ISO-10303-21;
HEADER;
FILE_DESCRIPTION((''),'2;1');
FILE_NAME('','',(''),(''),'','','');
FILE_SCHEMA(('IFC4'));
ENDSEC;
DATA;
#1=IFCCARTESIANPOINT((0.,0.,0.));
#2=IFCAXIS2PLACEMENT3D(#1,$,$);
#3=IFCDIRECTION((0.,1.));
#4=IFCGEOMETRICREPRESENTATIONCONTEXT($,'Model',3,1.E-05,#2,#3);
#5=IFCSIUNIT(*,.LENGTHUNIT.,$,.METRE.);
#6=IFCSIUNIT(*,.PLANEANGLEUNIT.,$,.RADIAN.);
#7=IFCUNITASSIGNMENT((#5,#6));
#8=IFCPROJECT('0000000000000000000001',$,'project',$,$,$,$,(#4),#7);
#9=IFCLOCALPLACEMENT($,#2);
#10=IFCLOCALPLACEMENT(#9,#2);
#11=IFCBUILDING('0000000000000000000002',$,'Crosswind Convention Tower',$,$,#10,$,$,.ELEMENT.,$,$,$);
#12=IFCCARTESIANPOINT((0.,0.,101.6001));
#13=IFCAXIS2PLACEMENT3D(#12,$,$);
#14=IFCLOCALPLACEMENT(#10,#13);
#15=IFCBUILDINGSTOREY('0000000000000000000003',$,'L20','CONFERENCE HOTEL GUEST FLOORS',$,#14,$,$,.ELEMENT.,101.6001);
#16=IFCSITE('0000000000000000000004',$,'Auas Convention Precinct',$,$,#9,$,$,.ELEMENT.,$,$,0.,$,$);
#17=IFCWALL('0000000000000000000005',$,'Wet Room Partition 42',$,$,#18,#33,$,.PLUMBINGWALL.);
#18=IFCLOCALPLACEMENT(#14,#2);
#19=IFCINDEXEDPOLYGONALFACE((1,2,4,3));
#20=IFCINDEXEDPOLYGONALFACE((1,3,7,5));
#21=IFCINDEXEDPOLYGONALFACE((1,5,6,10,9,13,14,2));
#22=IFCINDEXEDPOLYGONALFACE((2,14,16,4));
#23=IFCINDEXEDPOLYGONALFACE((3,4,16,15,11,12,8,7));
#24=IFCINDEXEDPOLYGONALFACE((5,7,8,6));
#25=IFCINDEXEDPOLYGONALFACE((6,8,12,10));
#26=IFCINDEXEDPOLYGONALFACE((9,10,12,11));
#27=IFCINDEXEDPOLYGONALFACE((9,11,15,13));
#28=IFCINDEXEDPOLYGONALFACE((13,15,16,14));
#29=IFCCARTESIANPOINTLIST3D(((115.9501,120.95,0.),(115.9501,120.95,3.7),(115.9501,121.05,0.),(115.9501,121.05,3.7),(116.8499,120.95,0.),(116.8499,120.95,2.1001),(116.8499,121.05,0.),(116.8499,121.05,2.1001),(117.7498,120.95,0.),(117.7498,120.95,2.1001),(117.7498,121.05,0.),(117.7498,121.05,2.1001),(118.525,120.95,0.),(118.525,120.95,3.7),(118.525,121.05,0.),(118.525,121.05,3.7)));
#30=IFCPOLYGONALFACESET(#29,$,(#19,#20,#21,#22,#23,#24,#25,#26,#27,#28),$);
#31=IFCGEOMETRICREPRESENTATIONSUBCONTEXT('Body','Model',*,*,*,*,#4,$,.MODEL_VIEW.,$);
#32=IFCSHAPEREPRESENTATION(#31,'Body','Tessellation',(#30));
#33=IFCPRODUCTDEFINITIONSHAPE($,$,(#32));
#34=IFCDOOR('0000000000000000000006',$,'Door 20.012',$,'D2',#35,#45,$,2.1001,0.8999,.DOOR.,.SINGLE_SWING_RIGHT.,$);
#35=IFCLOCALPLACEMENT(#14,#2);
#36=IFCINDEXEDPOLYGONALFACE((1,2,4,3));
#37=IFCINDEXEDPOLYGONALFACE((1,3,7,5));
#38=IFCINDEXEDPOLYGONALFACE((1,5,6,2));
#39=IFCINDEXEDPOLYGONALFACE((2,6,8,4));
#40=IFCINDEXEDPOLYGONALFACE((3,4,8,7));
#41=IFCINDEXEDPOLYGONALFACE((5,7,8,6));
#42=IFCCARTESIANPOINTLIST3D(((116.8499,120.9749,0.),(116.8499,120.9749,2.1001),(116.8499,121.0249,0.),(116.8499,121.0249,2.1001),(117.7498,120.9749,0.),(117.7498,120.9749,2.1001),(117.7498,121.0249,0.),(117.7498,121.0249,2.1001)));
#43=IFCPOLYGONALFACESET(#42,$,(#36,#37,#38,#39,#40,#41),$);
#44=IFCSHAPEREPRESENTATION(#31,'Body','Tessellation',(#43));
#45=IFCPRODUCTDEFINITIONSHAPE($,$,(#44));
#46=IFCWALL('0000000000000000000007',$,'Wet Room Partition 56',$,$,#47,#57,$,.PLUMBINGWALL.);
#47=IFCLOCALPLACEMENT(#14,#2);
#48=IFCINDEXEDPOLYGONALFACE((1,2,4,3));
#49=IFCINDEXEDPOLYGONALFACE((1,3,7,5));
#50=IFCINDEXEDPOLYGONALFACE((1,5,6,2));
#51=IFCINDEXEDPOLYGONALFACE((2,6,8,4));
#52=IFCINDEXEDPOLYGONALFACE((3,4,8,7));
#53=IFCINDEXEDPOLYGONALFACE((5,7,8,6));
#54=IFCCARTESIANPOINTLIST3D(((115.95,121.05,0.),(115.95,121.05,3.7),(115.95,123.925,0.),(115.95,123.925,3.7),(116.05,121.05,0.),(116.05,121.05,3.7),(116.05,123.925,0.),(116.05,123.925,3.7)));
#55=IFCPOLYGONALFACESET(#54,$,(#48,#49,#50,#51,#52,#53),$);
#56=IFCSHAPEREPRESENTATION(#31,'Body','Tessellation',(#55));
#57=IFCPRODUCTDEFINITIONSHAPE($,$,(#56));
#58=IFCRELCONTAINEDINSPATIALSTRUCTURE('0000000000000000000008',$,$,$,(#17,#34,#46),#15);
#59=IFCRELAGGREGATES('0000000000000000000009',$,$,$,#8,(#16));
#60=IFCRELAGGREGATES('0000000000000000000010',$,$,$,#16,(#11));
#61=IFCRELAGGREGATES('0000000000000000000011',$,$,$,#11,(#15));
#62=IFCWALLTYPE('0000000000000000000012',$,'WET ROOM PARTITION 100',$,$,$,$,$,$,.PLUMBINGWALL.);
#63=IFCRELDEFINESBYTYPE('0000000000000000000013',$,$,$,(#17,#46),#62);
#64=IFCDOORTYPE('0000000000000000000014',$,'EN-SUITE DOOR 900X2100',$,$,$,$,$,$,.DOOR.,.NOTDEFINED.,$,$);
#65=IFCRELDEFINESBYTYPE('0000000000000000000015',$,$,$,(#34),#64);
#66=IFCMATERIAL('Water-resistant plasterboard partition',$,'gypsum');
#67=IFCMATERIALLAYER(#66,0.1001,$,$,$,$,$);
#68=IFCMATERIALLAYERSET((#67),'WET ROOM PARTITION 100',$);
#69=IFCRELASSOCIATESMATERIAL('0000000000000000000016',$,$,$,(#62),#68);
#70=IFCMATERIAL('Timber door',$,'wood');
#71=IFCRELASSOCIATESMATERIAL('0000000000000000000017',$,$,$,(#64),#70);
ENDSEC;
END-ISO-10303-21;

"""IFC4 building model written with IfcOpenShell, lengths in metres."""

from ifc_helpers import new_model, si_unit, direction, frame, frame_2d, origin, place, context, subcontext, project, spatial, rectangle, extrude, material, layer, layer_set, type_object, element, fill, save


model = new_model("IFC4")

# Units and contexts
model_context = context("Model", 3, precision=1e-05, world=origin(), true_north=direction((0.0, 1.0)))
body_context = subcontext(model_context, "Body", "Model", "MODEL_VIEW")
ifc_project = project(units=[si_unit("LENGTHUNIT", "METRE"), si_unit("PLANEANGLEUNIT", "RADIAN")], contexts=[model_context])

# Site, building, storey
site_placement = place(None, origin())
site = spatial("IfcSite", under=ifc_project, at=site_placement, Name="Auas Convention Precinct", CompositionType="ELEMENT", RefElevation=0.0)
building_placement = place(site_placement, origin())
building = spatial("IfcBuilding", under=site, at=building_placement, Name="Crosswind Convention Tower", CompositionType="ELEMENT")
storey_placement = place(building_placement, frame((0.0, 0.0, 101.6001)))
storey = spatial("IfcBuildingStorey", under=building, at=storey_placement, Name="L20", Description="CONFERENCE HOTEL GUEST FLOORS", CompositionType="ELEMENT", Elevation=101.6001)

# Wall, opening, door
ifc_material_1 = material(Name="Water-resistant plasterboard partition", Category="gypsum")
ifc_layer_1 = layer(ifc_material_1, 0.1001)
ifc_layer_set_1 = layer_set([ifc_layer_1], Name="WET ROOM PARTITION 100")
wall_type_1 = type_object("IfcWallType", Name="WET ROOM PARTITION 100", PredefinedType="PLUMBINGWALL", material=ifc_layer_set_1)
wall_1_placement = place(storey_placement, frame((115.95, 121.0, 0.0), z_axis=(0.0, 0.0, 1.0), x_axis=(1.0, 0.0, 0.0)))
wall_1 = element("IfcWall", 1, at=wall_1_placement, inside=storey, type_object=wall_type_1, Name="Wet Room Partition 42", PredefinedType="PLUMBINGWALL", context=body_context, shape_type="SweptSolid", body=[
    extrude(rectangle(XDim=2.575, YDim=0.1001, at=frame_2d((1.2876, 0.0))), origin(), (0.0, 0.0, 1.0), 3.7),
])
opening_1_placement = place(wall_1_placement, frame((0.8999, 0.0, 0.0)))
opening_1 = element("IfcOpeningElement", 2, at=opening_1_placement, cuts=wall_1, PredefinedType="OPENING", context=body_context, shape_type="SweptSolid", body=[
    extrude(rectangle(XDim=0.8999, YDim=2.1001, at=frame_2d((0.45, 1.05))), frame((0.0, 0.0601, 0.0), z_axis=(0.0, -1.0, 0.0), x_axis=(1.0, 0.0, 0.0)), (0.0, 0.0, 1.0), 0.1201),
])
ifc_material_2 = material(Name="Timber door", Category="wood")
door_type_1 = type_object("IfcDoorType", Name="EN-SUITE DOOR 900X2100", OperationType="NOTDEFINED", PredefinedType="DOOR", material=ifc_material_2)
door_1_placement = place(opening_1_placement, origin())
door_1 = element("IfcDoor", 3, at=door_1_placement, inside=storey, type_object=door_type_1, Name="Door 20.012", ObjectType="D2", OperationType="SINGLE_SWING_RIGHT", OverallHeight=2.1001, OverallWidth=0.8999, PredefinedType="DOOR", context=body_context, shape_type="SweptSolid", body=[
    extrude(rectangle(XDim=0.8999, YDim=2.1001, at=frame_2d((0.45, 1.05))), frame((0.0, 0.0249, 0.0), z_axis=(0.0, -1.0, 0.0), x_axis=(1.0, 0.0, 0.0)), (0.0, 0.0, 1.0), 0.05),
])
fill(opening_1, door_1)

# Wall
wall_2_placement = place(storey_placement, frame((116.0, 121.05, 0.0), z_axis=(0.0, 0.0, 1.0), x_axis=(0.0, 1.0, 0.0)))
element("IfcWall", 4, at=wall_2_placement, inside=storey, type_object=wall_type_1, Name="Wet Room Partition 56", PredefinedType="PLUMBINGWALL", context=body_context, shape_type="SweptSolid", body=[
    extrude(rectangle(XDim=2.875, YDim=0.1001, at=frame_2d((1.4375, 0.0))), origin(), (0.0, 0.0, 1.0), 3.7),
])

save(model, "model.ifc")
